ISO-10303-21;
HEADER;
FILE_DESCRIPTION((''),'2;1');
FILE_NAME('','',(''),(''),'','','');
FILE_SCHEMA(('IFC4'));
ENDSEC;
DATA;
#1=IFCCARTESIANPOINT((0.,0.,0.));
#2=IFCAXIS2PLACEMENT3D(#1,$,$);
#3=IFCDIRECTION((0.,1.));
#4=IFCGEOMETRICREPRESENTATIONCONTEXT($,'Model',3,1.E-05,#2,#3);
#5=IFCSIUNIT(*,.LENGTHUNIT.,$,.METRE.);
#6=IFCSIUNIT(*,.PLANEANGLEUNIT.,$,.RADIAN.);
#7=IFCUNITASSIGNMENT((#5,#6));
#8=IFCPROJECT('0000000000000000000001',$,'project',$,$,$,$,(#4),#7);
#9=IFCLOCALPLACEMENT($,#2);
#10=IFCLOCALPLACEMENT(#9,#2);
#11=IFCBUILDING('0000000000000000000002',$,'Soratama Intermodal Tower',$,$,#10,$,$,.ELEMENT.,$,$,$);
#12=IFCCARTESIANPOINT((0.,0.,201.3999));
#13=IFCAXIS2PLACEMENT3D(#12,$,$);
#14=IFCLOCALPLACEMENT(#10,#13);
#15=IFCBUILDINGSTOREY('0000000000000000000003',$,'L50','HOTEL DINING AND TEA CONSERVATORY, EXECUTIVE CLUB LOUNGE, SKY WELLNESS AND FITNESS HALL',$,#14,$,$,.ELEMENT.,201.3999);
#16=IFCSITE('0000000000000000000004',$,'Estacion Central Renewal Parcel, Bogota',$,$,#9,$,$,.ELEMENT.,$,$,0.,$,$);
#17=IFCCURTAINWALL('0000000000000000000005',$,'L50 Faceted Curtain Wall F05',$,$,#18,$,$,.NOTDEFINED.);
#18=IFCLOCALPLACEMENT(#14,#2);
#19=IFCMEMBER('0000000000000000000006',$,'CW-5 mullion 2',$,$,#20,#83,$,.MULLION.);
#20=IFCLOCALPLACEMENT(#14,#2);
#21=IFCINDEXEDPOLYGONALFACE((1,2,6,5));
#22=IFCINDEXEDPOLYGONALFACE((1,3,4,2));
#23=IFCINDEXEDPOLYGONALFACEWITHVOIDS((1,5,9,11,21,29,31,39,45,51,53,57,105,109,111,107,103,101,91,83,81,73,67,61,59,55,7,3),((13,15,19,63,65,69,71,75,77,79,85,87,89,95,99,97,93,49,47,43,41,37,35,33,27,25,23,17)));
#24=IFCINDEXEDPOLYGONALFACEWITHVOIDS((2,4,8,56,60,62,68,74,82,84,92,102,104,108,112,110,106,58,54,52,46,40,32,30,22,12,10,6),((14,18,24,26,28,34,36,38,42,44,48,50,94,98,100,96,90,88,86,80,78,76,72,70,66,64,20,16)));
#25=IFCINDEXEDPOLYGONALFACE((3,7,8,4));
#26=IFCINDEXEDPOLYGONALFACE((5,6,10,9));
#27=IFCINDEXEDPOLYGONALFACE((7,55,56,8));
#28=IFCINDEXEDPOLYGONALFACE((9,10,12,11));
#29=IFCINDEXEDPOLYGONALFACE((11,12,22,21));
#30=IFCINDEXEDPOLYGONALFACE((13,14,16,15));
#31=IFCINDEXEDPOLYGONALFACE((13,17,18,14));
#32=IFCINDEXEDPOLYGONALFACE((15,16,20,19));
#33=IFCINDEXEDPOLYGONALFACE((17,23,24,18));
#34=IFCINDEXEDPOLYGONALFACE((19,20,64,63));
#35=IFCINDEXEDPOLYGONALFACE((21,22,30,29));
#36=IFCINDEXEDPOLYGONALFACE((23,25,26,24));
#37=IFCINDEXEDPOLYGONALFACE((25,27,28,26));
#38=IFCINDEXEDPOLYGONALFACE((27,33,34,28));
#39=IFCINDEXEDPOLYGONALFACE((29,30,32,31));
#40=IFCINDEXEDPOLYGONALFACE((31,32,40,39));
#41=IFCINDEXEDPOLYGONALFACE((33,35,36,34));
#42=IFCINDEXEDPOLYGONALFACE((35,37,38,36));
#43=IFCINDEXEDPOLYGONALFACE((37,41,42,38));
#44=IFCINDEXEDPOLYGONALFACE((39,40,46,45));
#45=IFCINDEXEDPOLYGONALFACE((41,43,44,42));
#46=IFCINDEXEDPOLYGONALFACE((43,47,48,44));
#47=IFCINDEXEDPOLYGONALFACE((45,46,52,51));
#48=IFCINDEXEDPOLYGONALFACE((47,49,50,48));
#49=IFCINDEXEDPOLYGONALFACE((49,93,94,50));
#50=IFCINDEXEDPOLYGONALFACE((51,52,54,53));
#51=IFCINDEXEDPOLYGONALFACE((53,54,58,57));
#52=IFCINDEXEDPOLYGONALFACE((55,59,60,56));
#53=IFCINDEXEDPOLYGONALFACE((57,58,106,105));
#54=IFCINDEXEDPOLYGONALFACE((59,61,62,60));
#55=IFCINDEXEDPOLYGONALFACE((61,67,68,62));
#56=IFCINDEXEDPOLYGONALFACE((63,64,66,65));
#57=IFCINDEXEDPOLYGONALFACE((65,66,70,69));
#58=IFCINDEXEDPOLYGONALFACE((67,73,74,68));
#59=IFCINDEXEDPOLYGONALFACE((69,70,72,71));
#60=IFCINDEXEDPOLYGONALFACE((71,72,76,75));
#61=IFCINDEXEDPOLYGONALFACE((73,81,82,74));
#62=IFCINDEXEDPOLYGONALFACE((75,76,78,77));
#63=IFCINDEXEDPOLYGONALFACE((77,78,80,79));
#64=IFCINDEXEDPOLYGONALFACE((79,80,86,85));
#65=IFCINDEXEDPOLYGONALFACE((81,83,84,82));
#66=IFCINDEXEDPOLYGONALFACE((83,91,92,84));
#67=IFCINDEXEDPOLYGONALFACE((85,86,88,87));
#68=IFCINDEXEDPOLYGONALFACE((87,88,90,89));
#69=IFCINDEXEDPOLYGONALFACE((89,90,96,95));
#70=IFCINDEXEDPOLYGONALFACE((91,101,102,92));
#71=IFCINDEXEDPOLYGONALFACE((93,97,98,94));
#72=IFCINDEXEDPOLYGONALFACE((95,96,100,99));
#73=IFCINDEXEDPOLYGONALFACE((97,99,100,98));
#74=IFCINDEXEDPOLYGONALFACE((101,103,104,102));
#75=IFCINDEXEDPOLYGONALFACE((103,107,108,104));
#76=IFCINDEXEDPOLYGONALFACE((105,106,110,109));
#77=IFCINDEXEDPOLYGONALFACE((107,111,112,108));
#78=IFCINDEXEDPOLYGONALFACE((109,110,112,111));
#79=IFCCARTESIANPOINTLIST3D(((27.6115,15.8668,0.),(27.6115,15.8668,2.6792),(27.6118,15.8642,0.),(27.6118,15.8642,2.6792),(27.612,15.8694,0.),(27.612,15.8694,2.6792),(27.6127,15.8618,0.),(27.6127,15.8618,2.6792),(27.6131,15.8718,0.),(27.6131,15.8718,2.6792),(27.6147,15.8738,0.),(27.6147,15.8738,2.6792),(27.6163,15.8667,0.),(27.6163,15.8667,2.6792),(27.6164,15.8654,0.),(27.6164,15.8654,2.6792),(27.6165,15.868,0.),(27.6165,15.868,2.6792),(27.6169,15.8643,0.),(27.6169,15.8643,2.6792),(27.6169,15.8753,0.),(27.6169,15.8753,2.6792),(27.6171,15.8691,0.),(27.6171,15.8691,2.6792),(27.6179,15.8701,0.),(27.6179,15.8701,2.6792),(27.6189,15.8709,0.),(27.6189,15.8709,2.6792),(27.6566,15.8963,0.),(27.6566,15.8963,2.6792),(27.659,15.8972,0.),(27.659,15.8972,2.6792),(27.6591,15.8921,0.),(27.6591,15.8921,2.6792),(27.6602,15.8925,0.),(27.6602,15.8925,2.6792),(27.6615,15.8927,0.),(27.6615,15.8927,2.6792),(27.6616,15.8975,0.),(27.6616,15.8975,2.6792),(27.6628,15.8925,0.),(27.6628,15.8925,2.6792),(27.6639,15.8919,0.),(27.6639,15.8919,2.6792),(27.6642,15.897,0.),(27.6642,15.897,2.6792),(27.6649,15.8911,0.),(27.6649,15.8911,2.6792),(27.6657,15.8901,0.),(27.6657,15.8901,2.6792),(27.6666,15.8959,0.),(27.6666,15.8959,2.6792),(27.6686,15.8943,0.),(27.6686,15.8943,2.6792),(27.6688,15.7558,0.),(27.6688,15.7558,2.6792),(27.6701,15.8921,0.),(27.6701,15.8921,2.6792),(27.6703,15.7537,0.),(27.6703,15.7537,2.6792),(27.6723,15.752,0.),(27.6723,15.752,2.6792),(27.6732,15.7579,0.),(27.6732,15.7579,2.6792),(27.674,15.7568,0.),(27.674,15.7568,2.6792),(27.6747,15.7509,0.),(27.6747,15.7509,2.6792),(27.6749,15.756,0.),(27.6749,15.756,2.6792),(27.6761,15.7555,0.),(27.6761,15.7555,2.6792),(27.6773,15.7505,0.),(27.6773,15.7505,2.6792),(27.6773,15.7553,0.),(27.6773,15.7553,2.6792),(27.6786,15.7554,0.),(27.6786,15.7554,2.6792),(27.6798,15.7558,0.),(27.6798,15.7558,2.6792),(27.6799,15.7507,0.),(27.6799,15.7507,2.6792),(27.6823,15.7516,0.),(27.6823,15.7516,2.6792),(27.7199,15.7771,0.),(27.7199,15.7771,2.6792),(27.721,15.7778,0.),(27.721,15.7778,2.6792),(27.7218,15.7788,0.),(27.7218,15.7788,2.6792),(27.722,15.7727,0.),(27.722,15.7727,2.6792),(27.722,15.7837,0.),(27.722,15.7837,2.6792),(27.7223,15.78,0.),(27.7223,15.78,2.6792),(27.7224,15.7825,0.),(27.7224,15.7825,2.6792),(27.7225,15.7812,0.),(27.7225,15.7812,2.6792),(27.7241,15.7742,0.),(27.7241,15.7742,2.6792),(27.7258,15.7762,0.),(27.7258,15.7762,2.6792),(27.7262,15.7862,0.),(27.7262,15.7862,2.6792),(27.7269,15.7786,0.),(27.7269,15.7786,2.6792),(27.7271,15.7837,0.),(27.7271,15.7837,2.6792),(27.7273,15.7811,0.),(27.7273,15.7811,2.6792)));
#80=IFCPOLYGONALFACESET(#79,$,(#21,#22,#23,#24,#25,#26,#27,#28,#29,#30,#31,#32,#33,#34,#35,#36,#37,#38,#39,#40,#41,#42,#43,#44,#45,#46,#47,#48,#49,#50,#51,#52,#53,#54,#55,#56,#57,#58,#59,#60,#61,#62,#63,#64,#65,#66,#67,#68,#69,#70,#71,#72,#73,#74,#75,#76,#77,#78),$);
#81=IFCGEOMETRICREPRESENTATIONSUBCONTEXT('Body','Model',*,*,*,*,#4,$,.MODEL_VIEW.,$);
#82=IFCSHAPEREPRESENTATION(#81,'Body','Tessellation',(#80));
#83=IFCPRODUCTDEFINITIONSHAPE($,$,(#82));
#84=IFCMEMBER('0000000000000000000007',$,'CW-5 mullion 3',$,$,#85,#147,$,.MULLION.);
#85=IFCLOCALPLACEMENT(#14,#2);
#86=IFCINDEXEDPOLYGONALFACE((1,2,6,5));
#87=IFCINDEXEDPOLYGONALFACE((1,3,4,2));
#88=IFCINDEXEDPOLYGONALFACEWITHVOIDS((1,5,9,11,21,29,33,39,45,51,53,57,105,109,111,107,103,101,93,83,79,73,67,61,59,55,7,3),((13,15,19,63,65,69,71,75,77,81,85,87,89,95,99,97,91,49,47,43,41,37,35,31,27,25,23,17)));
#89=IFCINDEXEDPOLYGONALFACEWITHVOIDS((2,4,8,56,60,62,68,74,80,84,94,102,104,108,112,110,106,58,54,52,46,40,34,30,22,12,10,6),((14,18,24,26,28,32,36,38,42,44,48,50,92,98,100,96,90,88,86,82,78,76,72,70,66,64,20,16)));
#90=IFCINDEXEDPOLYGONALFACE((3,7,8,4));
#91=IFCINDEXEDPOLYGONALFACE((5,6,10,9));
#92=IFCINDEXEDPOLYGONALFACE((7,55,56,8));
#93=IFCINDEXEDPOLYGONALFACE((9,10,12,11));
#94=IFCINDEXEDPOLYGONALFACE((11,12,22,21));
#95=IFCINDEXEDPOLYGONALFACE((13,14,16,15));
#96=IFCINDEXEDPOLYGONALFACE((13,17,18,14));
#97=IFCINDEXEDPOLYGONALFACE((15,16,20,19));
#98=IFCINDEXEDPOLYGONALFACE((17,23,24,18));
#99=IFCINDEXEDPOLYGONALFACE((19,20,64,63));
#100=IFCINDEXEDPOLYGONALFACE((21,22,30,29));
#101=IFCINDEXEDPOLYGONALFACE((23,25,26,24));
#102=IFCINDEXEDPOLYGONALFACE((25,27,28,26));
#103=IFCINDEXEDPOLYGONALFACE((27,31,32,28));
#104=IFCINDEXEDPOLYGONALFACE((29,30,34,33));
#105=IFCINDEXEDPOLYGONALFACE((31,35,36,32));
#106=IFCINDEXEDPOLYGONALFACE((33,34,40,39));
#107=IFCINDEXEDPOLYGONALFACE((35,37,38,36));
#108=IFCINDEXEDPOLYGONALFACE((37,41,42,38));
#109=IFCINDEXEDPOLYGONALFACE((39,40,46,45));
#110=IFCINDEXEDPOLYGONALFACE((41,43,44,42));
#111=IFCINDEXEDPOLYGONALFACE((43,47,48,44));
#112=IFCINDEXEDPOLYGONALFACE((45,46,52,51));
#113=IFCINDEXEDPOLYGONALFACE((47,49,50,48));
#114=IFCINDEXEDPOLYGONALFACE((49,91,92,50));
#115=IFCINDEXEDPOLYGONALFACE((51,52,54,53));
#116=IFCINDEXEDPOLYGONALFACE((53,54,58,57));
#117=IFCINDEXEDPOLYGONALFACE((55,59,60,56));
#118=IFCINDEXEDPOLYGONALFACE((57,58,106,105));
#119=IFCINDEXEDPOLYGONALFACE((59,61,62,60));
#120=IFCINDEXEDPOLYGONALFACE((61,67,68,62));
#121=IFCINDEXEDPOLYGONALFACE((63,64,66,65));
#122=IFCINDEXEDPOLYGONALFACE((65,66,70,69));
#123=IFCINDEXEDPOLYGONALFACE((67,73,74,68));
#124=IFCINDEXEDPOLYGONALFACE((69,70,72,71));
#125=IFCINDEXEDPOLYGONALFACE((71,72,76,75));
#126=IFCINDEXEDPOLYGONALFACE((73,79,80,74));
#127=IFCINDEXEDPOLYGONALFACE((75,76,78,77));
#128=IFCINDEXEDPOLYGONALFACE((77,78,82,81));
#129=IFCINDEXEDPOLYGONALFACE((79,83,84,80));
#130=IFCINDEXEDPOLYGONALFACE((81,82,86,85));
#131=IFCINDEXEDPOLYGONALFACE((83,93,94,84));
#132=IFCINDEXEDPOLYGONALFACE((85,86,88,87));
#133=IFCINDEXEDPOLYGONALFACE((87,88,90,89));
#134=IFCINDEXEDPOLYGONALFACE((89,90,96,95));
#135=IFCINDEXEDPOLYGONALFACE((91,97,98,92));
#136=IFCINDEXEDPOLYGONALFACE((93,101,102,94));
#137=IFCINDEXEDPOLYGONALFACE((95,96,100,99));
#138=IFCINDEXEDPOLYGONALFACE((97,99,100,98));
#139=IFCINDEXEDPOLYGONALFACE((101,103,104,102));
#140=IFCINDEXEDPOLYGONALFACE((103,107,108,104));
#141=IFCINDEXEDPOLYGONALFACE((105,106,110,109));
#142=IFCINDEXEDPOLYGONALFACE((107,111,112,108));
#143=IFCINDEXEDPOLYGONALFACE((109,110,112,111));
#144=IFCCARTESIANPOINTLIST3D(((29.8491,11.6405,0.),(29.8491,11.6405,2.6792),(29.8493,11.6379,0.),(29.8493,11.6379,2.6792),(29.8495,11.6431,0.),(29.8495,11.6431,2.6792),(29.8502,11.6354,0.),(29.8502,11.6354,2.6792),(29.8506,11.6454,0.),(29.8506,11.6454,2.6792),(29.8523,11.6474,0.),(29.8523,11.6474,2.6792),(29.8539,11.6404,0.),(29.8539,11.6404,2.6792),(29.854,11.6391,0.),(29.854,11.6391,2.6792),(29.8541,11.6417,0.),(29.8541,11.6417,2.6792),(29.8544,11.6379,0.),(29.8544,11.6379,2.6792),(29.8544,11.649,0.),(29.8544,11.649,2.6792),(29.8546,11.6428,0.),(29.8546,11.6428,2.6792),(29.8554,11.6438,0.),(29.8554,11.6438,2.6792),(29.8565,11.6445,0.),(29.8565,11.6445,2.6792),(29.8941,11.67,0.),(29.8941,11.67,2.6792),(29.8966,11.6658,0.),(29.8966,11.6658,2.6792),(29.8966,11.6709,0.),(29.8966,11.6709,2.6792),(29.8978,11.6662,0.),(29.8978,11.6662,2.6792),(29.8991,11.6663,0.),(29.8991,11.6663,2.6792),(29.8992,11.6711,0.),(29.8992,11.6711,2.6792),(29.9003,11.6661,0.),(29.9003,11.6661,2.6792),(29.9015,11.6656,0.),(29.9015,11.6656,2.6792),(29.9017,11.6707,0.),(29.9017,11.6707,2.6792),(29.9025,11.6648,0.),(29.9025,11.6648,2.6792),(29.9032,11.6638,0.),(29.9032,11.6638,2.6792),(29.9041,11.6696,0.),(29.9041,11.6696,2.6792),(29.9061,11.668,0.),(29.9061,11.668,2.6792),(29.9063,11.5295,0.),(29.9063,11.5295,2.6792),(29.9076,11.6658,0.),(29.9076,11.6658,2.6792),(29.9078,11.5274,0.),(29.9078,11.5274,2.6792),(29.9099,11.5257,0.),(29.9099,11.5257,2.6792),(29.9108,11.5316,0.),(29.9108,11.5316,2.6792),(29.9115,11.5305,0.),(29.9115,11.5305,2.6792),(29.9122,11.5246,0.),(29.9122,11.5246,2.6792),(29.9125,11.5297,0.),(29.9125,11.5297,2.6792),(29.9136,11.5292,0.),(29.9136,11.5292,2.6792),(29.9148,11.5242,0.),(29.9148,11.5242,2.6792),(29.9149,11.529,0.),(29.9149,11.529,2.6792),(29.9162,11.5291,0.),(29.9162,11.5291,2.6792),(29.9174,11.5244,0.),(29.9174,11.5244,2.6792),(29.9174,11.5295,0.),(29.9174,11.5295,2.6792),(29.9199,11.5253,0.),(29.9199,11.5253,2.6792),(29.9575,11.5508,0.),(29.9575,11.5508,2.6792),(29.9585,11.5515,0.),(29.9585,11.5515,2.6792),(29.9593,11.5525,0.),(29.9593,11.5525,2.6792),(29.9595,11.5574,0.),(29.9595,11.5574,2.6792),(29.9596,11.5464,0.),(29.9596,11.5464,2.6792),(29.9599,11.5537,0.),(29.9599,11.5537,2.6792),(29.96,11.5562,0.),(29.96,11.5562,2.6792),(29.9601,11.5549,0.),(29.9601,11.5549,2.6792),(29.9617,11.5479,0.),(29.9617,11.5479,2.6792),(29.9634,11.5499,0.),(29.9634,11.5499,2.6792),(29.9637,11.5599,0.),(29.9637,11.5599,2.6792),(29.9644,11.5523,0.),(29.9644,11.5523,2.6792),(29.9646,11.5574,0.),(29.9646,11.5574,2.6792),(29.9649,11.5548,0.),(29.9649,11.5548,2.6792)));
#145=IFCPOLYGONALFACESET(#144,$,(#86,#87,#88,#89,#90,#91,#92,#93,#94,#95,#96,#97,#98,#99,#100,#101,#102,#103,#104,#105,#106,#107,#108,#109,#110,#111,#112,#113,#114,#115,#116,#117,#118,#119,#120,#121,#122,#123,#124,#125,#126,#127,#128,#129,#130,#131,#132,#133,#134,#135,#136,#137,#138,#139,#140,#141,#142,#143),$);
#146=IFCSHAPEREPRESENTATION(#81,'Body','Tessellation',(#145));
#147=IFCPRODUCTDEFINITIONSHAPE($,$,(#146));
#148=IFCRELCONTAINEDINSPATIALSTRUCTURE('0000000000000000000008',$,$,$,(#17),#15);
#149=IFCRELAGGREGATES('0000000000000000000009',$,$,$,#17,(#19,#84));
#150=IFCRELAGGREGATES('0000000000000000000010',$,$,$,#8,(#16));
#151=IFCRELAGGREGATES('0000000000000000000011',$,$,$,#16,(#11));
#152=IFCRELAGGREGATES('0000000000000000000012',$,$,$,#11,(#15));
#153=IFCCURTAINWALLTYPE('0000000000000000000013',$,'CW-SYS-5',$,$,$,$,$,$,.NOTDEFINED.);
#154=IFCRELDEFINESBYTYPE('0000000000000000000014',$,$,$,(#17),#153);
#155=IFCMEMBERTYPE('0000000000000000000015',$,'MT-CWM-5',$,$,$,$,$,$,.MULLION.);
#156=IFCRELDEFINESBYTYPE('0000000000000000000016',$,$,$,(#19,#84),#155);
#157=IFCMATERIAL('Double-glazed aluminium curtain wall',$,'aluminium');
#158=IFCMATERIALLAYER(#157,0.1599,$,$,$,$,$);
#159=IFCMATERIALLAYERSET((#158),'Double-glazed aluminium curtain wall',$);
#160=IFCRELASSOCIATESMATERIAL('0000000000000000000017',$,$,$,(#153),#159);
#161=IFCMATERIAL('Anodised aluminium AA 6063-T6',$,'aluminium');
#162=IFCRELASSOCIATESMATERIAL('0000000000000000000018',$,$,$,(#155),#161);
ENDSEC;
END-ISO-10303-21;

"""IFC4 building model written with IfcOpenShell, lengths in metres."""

from ifc_helpers import new_model, si_unit, direction, frame, origin, origin_2d, place, context, subcontext, project, spatial, hollow_rectangle, extrude, material, layer, layer_set, material_profile, profile_set, type_object, element, aggregate, save


model = new_model("IFC4")

# Units and contexts
model_context = context("Model", 3, precision=1e-05, world=origin(), true_north=direction((0.0, 1.0)))
body_context = subcontext(model_context, "Body", "Model", "MODEL_VIEW")
ifc_project = project(units=[si_unit("LENGTHUNIT", "METRE"), si_unit("PLANEANGLEUNIT", "RADIAN")], contexts=[model_context])

# Site, building, storey
site_placement = place(None, origin())
site = spatial("IfcSite", under=ifc_project, at=site_placement, Name="Estacion Central Renewal Parcel, Bogota", CompositionType="ELEMENT", RefElevation=0.0)
building_placement = place(site_placement, origin())
building = spatial("IfcBuilding", under=site, at=building_placement, Name="Soratama Intermodal Tower", CompositionType="ELEMENT")
storey_placement = place(building_placement, frame((0.0, 0.0, 201.3999)))
storey = spatial("IfcBuildingStorey", under=building, at=storey_placement, Name="L50", Description="HOTEL DINING AND TEA CONSERVATORY, EXECUTIVE CLUB LOUNGE, SKY WELLNESS AND FITNESS HALL", CompositionType="ELEMENT", Elevation=201.3999)

# Curtain wall, members
ifc_material_1 = material(Name="Double-glazed aluminium curtain wall", Category="aluminium")
ifc_layer_1 = layer(ifc_material_1, 0.1599)
ifc_layer_set_1 = layer_set([ifc_layer_1], Name="Double-glazed aluminium curtain wall")
curtain_wall_type = type_object("IfcCurtainWallType", Name="CW-SYS-5", PredefinedType="NOTDEFINED", material=ifc_layer_set_1)
curtain_wall_1_placement = place(storey_placement, origin())
curtain_wall_1 = element("IfcCurtainWall", 1, at=curtain_wall_1_placement, inside=storey, type_object=curtain_wall_type, Name="L50 Faceted Curtain Wall F05", PredefinedType="NOTDEFINED")
ifc_material_2 = material(Name="Anodised aluminium AA 6063-T6", Category="aluminium")
ifc_material_profile_1 = material_profile(ifc_material_2, hollow_rectangle(XDim=0.0649, YDim=0.1399, WallThickness=0.0049, InnerFilletRadius=0.0049, OuterFilletRadius=0.01, at=origin_2d()), Name="CWM140X65X5")
ifc_profile_set_1 = profile_set([ifc_material_profile_1], Name="Anodised aluminium AA 6063-T6")
member_type_1 = type_object("IfcMemberType", Name="MT-CWM-5", PredefinedType="MULLION", material=ifc_profile_set_1)
member_1_placement = place(storey_placement, frame((27.6694, 15.824, 0.0), z_axis=(0.0, 0.0, 1.0), x_axis=(0.883765, 0.467932, 0.0)))
member_1 = element("IfcMember", 2, at=member_1_placement, type_object=member_type_1, Name="CW-5 mullion 2", PredefinedType="MULLION", context=body_context, shape_type="SweptSolid", body=[
    extrude(hollow_rectangle(XDim=0.0649, YDim=0.1399, WallThickness=0.0049, InnerFilletRadius=0.0049, OuterFilletRadius=0.01, at=origin_2d()), origin(), (0.0, 0.0, 1.0), 2.6792),
])
member_2_placement = place(storey_placement, frame((29.907, 11.5977, 0.0), z_axis=(0.0, 0.0, 1.0), x_axis=(0.883765, 0.467932, 0.0)))
member_2 = element("IfcMember", 3, at=member_2_placement, type_object=member_type_1, Name="CW-5 mullion 3", PredefinedType="MULLION", context=body_context, shape_type="SweptSolid", body=[
    extrude(hollow_rectangle(XDim=0.0649, YDim=0.1399, WallThickness=0.0049, InnerFilletRadius=0.0049, OuterFilletRadius=0.01, at=origin_2d()), origin(), (0.0, 0.0, 1.0), 2.6792),
])

aggregate(curtain_wall_1, [member_1, member_2])

save(model, "model.ifc")
